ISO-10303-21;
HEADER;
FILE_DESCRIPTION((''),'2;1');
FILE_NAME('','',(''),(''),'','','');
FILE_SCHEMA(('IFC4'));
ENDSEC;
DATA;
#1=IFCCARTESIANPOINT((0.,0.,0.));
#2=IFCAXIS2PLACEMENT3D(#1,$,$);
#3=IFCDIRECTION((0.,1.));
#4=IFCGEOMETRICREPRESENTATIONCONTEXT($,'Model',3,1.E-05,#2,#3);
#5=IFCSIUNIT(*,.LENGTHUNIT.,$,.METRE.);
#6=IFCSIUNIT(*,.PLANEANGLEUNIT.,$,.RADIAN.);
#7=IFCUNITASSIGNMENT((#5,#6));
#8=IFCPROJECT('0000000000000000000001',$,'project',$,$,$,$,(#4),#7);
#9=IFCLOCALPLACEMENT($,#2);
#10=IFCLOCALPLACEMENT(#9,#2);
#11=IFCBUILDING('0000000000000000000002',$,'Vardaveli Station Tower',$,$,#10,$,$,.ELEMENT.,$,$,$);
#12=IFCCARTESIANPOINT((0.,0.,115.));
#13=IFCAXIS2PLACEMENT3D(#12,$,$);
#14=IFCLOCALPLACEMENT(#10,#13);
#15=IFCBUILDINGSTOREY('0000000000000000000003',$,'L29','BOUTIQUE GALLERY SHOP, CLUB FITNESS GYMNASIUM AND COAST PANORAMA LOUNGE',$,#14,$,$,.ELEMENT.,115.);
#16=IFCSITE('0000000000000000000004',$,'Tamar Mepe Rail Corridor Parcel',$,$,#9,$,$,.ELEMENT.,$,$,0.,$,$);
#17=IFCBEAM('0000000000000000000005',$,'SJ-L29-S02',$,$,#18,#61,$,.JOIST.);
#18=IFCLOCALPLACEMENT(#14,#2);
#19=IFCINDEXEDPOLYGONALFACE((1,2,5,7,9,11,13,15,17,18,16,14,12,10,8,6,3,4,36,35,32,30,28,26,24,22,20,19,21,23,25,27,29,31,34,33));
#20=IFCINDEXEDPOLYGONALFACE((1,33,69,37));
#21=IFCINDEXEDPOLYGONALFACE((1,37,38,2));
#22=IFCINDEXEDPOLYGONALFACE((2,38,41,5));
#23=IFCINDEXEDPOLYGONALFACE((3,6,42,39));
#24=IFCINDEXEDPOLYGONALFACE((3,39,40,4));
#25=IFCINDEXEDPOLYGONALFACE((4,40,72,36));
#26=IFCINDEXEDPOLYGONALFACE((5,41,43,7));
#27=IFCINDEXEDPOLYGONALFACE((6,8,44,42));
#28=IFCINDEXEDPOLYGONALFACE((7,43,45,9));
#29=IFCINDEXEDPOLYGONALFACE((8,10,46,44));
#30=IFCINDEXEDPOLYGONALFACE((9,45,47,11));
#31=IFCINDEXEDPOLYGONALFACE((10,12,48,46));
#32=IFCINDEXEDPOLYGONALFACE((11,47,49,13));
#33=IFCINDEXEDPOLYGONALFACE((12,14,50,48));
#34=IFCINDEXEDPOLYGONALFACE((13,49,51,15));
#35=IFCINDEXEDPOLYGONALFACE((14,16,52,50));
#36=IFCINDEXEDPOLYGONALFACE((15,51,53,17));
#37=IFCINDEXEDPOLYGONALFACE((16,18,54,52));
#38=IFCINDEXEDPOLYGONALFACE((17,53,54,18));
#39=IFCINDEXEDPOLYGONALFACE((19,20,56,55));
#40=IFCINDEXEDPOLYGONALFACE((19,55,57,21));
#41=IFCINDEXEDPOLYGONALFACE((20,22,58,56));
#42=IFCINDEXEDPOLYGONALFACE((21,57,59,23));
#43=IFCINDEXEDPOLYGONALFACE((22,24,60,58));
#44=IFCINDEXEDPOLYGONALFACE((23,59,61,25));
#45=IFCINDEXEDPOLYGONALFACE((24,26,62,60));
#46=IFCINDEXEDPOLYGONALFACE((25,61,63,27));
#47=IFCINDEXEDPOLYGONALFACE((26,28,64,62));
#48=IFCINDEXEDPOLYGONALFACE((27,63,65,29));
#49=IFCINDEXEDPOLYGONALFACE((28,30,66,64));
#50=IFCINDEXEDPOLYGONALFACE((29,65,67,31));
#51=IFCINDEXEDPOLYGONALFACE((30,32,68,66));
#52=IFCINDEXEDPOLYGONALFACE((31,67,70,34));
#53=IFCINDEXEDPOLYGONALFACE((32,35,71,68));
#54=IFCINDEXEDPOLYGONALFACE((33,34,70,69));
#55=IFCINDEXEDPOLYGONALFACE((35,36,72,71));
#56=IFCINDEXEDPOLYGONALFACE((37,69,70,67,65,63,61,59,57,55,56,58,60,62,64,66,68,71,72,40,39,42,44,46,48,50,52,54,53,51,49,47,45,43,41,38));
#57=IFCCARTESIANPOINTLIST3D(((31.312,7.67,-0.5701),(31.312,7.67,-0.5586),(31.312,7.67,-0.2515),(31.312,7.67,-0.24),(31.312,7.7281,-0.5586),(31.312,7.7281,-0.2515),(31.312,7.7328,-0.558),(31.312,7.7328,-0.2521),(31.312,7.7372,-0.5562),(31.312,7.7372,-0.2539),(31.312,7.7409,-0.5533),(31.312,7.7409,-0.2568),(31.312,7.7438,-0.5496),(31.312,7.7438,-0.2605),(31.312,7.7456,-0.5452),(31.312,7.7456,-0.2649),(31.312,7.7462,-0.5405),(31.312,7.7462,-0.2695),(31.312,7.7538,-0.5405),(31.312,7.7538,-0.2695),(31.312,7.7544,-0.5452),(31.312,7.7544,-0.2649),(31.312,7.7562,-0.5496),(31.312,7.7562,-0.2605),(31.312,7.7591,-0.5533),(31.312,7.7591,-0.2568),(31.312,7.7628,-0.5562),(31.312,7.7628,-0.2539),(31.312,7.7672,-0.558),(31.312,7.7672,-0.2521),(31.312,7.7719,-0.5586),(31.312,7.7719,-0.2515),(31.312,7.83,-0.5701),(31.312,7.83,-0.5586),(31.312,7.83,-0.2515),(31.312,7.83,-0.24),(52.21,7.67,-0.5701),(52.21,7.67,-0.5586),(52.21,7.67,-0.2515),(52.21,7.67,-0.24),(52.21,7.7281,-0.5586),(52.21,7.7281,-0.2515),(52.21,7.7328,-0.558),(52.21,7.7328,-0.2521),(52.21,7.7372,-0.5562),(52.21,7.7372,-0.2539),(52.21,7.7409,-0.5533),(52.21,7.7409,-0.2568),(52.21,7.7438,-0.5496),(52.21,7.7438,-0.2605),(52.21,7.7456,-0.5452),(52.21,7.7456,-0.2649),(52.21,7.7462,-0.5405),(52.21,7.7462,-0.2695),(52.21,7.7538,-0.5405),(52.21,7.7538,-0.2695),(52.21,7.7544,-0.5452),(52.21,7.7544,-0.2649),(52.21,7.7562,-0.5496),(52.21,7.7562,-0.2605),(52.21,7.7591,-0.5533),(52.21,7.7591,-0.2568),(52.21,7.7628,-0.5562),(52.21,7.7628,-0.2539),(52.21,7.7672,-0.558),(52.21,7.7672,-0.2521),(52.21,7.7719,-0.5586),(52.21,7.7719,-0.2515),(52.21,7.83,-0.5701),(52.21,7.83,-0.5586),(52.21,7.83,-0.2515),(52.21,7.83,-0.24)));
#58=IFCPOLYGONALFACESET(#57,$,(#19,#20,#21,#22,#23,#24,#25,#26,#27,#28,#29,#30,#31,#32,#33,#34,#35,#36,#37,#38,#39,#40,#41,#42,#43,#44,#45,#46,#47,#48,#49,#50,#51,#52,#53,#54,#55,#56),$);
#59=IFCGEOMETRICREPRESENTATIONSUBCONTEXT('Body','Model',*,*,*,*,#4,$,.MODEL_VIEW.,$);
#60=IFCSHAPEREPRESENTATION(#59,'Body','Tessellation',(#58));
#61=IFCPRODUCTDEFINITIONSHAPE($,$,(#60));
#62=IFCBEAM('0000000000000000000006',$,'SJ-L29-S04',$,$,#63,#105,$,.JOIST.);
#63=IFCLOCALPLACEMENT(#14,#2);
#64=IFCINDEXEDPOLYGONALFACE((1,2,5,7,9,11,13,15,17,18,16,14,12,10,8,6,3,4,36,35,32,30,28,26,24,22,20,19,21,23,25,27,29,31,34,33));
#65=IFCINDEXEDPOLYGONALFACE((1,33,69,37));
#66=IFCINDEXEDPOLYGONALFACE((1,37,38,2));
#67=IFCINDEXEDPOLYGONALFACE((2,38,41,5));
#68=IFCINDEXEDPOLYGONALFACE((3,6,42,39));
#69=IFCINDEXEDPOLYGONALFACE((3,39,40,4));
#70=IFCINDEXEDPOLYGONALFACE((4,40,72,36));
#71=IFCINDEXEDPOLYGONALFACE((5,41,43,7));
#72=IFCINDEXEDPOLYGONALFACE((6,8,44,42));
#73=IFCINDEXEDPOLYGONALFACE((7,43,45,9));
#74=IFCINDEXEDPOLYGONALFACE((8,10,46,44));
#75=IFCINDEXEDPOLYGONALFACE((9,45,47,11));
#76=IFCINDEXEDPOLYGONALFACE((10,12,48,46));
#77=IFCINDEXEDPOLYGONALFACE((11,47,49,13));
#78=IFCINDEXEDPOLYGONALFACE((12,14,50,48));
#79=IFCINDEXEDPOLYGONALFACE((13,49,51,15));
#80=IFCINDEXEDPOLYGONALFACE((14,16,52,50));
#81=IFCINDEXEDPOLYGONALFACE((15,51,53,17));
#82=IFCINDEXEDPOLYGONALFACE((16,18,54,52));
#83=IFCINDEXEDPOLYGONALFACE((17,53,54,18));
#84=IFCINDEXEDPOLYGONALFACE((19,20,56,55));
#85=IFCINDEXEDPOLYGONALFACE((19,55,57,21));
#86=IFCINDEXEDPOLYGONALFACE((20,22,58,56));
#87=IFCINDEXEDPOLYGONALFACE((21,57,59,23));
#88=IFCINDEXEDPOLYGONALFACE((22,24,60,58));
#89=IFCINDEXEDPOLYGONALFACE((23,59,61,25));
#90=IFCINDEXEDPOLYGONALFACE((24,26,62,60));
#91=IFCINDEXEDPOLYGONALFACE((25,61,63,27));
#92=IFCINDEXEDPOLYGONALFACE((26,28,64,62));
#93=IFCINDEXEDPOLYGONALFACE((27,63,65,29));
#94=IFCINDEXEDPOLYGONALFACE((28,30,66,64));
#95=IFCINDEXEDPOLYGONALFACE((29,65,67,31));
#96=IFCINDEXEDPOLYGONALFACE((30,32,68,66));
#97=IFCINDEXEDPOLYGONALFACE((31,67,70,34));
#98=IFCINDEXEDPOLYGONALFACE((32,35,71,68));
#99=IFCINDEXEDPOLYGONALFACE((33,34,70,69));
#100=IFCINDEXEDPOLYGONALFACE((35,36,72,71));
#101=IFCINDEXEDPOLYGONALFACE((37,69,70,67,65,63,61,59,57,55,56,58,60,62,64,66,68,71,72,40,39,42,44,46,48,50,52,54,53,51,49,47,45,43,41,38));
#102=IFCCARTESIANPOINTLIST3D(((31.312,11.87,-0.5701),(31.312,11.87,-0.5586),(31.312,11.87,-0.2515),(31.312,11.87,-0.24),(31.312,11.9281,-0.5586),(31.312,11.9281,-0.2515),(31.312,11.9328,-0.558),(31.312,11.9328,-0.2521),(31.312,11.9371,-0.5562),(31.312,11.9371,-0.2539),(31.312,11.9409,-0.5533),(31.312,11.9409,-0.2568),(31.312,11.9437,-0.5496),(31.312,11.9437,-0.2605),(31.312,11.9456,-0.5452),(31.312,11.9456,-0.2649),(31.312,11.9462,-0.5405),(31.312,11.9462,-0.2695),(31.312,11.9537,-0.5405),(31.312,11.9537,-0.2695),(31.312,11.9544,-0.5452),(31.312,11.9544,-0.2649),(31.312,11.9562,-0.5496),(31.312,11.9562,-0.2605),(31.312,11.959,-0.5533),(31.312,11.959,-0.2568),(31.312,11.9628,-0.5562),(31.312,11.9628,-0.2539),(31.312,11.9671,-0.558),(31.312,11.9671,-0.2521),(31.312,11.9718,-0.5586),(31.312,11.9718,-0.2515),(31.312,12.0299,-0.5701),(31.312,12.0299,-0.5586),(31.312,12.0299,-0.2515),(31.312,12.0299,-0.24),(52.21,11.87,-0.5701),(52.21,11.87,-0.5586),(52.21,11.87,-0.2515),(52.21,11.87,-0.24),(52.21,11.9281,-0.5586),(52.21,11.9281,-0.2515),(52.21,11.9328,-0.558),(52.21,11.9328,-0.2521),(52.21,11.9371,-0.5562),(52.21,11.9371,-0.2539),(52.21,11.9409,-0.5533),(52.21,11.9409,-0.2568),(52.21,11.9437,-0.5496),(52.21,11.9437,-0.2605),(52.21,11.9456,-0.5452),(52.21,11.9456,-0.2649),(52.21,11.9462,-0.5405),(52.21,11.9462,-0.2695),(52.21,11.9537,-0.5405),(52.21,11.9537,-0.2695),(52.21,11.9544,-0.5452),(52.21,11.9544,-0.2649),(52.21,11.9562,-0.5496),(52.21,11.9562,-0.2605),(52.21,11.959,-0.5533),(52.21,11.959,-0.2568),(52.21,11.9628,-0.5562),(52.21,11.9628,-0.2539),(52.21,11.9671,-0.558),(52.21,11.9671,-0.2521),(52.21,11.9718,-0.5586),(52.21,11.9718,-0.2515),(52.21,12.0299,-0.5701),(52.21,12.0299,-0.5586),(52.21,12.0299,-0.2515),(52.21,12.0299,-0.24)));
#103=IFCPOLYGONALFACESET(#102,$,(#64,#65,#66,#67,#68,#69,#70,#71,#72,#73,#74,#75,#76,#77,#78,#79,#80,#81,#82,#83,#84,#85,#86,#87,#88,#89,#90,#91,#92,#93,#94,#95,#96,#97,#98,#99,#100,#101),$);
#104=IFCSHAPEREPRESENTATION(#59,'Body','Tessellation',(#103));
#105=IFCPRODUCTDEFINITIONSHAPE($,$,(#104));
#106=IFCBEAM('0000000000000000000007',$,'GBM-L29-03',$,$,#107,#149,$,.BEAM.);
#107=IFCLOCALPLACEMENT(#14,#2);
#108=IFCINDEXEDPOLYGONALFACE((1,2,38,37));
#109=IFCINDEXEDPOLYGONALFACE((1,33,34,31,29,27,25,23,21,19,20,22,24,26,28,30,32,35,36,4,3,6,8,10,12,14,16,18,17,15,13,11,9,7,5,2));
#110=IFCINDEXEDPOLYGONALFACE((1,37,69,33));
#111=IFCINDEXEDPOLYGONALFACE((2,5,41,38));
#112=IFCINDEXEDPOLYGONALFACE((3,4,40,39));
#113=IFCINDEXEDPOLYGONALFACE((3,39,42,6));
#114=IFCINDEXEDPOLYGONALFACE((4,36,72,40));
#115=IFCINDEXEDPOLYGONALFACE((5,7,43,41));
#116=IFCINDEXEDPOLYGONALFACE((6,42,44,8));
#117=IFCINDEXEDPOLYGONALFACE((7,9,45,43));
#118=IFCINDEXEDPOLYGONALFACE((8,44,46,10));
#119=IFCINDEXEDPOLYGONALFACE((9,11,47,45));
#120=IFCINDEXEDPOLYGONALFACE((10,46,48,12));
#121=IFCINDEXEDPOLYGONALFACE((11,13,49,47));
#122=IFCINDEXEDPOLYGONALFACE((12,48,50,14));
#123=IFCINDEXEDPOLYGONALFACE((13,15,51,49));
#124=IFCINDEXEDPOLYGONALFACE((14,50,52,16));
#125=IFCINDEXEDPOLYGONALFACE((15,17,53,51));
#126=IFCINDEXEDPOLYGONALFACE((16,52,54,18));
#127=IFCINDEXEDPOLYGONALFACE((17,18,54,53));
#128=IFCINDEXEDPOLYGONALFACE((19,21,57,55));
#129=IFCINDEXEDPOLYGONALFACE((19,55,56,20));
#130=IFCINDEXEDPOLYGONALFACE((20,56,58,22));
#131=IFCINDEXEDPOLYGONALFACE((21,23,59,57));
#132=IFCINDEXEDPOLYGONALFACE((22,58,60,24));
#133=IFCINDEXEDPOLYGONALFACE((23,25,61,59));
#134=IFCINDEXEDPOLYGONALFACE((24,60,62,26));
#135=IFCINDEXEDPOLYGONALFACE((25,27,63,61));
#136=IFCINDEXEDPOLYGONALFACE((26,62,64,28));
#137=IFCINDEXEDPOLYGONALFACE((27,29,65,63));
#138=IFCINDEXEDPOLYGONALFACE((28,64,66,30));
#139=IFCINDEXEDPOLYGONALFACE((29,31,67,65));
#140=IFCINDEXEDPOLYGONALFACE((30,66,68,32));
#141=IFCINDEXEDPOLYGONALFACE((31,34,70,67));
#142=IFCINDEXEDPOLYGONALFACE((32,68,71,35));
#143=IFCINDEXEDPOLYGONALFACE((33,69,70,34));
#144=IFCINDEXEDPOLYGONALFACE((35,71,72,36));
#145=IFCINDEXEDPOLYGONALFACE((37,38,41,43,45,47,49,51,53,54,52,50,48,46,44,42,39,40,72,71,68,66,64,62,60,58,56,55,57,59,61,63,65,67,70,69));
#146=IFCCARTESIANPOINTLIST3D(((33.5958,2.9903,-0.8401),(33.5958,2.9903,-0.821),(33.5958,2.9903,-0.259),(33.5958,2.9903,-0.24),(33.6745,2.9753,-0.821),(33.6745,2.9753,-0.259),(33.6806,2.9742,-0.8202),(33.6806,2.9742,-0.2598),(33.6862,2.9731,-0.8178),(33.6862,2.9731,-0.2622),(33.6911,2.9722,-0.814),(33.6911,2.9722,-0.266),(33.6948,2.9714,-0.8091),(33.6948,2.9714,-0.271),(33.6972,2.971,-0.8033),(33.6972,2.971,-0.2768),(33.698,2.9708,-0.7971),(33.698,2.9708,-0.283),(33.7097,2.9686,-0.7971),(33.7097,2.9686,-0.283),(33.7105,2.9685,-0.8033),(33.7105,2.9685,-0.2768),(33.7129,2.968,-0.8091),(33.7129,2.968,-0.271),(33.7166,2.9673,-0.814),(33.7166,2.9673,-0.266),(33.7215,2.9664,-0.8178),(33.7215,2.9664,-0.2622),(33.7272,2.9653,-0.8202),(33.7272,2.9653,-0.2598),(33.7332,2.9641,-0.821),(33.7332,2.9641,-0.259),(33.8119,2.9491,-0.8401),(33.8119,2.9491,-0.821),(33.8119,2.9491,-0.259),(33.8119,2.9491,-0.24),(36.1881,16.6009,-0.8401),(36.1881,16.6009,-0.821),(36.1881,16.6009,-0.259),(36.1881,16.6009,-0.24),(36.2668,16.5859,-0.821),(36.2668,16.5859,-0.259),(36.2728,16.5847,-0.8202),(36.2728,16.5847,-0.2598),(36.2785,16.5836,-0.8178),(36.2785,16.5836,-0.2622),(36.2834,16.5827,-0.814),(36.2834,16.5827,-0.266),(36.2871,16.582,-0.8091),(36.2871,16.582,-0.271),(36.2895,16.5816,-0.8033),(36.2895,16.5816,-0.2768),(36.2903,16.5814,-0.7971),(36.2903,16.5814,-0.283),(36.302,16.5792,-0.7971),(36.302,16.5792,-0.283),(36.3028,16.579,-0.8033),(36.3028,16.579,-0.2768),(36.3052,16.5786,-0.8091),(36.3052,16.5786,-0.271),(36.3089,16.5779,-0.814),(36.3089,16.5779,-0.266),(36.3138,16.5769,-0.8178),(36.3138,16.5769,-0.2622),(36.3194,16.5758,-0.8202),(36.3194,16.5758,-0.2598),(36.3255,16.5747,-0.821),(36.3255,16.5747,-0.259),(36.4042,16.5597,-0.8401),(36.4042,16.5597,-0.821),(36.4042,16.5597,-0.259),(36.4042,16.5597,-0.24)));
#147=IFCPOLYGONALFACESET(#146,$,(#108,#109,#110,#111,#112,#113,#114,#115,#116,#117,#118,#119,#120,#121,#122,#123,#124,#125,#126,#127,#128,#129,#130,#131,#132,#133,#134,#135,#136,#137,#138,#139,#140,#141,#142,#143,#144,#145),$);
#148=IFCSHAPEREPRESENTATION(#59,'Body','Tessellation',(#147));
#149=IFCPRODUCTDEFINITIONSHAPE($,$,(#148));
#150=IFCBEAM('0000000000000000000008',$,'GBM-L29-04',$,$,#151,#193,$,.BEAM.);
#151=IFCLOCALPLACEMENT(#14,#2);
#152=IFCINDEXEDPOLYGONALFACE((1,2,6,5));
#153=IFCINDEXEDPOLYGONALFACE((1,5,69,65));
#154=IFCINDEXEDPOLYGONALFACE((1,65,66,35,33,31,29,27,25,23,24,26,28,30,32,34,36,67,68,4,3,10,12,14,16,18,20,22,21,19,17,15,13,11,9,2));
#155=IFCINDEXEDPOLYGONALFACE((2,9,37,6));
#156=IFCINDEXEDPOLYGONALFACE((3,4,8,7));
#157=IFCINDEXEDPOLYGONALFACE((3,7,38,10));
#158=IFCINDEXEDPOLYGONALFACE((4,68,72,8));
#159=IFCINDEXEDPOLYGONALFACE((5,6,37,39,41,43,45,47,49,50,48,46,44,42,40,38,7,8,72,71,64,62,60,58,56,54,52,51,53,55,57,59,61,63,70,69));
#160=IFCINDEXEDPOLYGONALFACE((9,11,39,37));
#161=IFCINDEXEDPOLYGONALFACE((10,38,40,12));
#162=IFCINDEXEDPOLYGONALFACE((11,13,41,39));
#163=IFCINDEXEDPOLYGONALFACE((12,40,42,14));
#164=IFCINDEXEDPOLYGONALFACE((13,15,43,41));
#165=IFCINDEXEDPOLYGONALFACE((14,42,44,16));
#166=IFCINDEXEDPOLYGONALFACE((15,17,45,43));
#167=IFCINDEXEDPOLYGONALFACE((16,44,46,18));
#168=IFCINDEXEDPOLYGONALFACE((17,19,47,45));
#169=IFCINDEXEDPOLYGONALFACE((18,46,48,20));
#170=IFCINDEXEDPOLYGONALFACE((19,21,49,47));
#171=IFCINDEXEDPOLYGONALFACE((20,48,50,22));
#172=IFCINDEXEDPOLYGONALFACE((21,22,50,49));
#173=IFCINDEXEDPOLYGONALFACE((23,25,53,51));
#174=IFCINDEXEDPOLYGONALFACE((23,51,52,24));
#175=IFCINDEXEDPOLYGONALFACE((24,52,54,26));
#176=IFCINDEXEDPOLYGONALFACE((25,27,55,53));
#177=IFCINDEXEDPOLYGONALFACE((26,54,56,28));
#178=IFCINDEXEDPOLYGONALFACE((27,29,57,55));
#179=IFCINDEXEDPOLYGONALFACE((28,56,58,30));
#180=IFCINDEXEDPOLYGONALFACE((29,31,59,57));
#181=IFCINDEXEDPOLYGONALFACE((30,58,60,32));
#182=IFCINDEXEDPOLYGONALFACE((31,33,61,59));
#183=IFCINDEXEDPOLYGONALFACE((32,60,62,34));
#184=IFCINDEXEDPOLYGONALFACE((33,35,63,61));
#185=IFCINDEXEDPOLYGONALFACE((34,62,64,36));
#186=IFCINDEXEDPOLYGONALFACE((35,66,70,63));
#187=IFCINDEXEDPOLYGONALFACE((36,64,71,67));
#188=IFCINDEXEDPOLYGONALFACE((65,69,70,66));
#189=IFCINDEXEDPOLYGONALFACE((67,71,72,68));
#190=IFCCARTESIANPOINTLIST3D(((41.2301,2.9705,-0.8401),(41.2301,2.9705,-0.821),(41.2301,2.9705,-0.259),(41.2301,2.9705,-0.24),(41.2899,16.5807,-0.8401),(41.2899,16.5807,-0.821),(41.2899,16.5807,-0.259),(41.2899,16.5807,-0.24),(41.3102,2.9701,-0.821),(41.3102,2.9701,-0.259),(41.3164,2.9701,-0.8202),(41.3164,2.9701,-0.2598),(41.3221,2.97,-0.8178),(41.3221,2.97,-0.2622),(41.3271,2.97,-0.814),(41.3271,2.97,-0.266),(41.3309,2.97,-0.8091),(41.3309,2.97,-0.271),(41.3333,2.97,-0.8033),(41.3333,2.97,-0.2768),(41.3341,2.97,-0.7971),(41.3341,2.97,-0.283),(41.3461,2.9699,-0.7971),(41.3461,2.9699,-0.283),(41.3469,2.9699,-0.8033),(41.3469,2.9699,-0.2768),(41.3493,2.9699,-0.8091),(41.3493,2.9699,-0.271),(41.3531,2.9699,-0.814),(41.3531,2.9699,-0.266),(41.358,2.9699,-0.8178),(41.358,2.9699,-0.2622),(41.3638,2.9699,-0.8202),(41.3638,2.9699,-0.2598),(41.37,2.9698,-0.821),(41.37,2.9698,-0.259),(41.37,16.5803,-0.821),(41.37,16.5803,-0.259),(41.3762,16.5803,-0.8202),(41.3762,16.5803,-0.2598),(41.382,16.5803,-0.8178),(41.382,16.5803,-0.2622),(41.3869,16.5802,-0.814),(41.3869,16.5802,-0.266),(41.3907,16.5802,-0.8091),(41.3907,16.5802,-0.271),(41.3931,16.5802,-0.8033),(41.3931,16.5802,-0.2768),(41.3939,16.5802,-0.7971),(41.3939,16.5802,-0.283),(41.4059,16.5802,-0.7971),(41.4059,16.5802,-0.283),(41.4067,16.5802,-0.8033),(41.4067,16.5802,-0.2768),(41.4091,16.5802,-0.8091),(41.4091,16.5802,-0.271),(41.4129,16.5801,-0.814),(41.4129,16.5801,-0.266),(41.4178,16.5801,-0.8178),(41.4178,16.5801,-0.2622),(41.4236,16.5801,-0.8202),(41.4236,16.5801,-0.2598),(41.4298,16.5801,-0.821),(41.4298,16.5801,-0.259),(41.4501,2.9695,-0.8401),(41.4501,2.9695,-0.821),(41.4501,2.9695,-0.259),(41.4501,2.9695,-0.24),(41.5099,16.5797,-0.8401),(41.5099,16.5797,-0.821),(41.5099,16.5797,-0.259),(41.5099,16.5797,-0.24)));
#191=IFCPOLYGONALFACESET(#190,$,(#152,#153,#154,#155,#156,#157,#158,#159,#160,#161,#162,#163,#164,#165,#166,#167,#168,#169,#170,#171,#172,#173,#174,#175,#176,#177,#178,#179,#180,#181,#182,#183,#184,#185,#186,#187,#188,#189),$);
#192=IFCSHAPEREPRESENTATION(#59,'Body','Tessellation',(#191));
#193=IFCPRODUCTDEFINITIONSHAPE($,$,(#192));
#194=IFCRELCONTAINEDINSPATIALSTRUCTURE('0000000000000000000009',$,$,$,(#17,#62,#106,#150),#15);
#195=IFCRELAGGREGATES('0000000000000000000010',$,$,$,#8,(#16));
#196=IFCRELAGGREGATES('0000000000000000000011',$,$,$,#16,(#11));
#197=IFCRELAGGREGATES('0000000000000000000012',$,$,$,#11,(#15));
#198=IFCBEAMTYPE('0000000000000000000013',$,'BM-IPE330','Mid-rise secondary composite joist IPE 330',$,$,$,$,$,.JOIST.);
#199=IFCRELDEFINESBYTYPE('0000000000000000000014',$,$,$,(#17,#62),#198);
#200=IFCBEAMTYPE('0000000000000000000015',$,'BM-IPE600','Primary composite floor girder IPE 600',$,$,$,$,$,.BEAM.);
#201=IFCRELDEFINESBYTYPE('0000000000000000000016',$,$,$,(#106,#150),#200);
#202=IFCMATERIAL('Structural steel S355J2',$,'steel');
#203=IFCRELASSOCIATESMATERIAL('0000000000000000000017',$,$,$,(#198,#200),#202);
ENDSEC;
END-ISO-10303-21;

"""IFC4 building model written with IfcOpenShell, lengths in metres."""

from ifc_helpers import new_model, si_unit, direction, frame, origin, origin_2d, place, context, subcontext, project, spatial, i_section, extrude, source, transform, mapped, material, material_profile, profile_set, type_object, element, save


model = new_model("IFC4")

# Units and contexts
model_context = context("Model", 3, precision=1e-05, world=origin(), true_north=direction((0.0, 1.0)))
body_context = subcontext(model_context, "Body", "Model", "MODEL_VIEW")
ifc_project = project(units=[si_unit("LENGTHUNIT", "METRE"), si_unit("PLANEANGLEUNIT", "RADIAN")], contexts=[model_context])

# Site, building, storey
site_placement = place(None, origin())
site = spatial("IfcSite", under=ifc_project, at=site_placement, Name="Tamar Mepe Rail Corridor Parcel", CompositionType="ELEMENT", RefElevation=0.0)
building_placement = place(site_placement, origin())
building = spatial("IfcBuilding", under=site, at=building_placement, Name="Vardaveli Station Tower", CompositionType="ELEMENT")
storey_placement = place(building_placement, frame((0.0, 0.0, 115.0)))
storey = spatial("IfcBuildingStorey", under=building, at=storey_placement, Name="L29", Description="BOUTIQUE GALLERY SHOP, CLUB FITNESS GYMNASIUM AND COAST PANORAMA LOUNGE", CompositionType="ELEMENT", Elevation=115.0)

# Beams
ifc_material_1 = material(Name="Structural steel S355J2", Category="steel")
ifc_material_profile_1 = material_profile(ifc_material_1, i_section(OverallWidth=0.1599, OverallDepth=0.3301, WebThickness=0.0076, FlangeThickness=0.0115, FilletRadius=0.0181, at=origin_2d()), Name="IPE 330")
ifc_profile_set_1 = profile_set([ifc_material_profile_1], Name="Structural steel S355J2")
beam_type_1 = type_object("IfcBeamType", Name="BM-IPE330", Description="Mid-rise secondary composite joist IPE 330", PredefinedType="JOIST", material=ifc_profile_set_1)
shared_shape_1 = source(origin(), body_context, "Body", "SweptSolid", [
    extrude(i_section(OverallWidth=0.1599, OverallDepth=0.3301, WebThickness=0.0076, FlangeThickness=0.0115, FilletRadius=0.0181, at=origin_2d()), origin(), (0.0, 0.0, 1.0), 20.8979),
])
for number, where, z_axis, x_axis, name in (
    (1, (31.312, 7.75, -0.405), (1.0, 0.0, 0.0), (0.0, 1.0, 0.0), "SJ-L29-S02"),
    (2, (31.312, 11.95, -0.405), (1.0, 0.0, 0.0), (0.0, 1.0, 0.0), "SJ-L29-S04"),
):
    element("IfcBeam", number, at=place(storey_placement, frame(where, z_axis=z_axis, x_axis=x_axis)), inside=storey, type_object=beam_type_1, Name=name, PredefinedType="JOIST", context=body_context, shape_type="MappedRepresentation", body=[
        mapped(shared_shape_1, transform((0.0, 0.0, 0.0), scale=1.0)),
    ])
ifc_material_profile_2 = material_profile(ifc_material_1, i_section(OverallWidth=0.22, OverallDepth=0.6001, WebThickness=0.012, FlangeThickness=0.019, FilletRadius=0.0239, at=origin_2d()), Name="IPE 600")
ifc_profile_set_2 = profile_set([ifc_material_profile_2], Name="Structural steel S355J2")
beam_type_2 = type_object("IfcBeamType", Name="BM-IPE600", Description="Primary composite floor girder IPE 600", PredefinedType="BEAM", material=ifc_profile_set_2)
shared_shape_2 = source(origin(), body_context, "Body", "SweptSolid", [
    extrude(i_section(OverallWidth=0.22, OverallDepth=0.6001, WebThickness=0.012, FlangeThickness=0.019, FilletRadius=0.0239, at=origin_2d()), origin(), (0.0, 0.0, 1.0), 13.8552),
])
beam_1_placement = place(storey_placement, frame((33.7039, 2.9697, -0.54), z_axis=(0.187098, 0.982341, 0.0), x_axis=(-0.982341, 0.187098, 0.0)))
element("IfcBeam", 3, at=beam_1_placement, inside=storey, type_object=beam_type_2, Name="GBM-L29-03", PredefinedType="BEAM", context=body_context, shape_type="MappedRepresentation", body=[
    mapped(shared_shape_2, transform((0.0, 0.0, 0.0), scale=1.0)),
])
shared_shape_3 = source(origin(), body_context, "Body", "SweptSolid", [
    extrude(i_section(OverallWidth=0.22, OverallDepth=0.6001, WebThickness=0.012, FlangeThickness=0.019, FilletRadius=0.0239, at=origin_2d()), origin(), (0.0, 0.0, 1.0), 13.6104),
])
beam_2_placement = place(storey_placement, frame((41.3401, 2.97, -0.54), z_axis=(0.004395, 0.99999, 0.0), x_axis=(-0.99999, 0.004395, 0.0)))
element("IfcBeam", 4, at=beam_2_placement, inside=storey, type_object=beam_type_2, Name="GBM-L29-04", PredefinedType="BEAM", context=body_context, shape_type="MappedRepresentation", body=[
    mapped(shared_shape_3, transform((0.0, 0.0, 0.0), scale=1.0)),
])

save(model, "model.ifc")
